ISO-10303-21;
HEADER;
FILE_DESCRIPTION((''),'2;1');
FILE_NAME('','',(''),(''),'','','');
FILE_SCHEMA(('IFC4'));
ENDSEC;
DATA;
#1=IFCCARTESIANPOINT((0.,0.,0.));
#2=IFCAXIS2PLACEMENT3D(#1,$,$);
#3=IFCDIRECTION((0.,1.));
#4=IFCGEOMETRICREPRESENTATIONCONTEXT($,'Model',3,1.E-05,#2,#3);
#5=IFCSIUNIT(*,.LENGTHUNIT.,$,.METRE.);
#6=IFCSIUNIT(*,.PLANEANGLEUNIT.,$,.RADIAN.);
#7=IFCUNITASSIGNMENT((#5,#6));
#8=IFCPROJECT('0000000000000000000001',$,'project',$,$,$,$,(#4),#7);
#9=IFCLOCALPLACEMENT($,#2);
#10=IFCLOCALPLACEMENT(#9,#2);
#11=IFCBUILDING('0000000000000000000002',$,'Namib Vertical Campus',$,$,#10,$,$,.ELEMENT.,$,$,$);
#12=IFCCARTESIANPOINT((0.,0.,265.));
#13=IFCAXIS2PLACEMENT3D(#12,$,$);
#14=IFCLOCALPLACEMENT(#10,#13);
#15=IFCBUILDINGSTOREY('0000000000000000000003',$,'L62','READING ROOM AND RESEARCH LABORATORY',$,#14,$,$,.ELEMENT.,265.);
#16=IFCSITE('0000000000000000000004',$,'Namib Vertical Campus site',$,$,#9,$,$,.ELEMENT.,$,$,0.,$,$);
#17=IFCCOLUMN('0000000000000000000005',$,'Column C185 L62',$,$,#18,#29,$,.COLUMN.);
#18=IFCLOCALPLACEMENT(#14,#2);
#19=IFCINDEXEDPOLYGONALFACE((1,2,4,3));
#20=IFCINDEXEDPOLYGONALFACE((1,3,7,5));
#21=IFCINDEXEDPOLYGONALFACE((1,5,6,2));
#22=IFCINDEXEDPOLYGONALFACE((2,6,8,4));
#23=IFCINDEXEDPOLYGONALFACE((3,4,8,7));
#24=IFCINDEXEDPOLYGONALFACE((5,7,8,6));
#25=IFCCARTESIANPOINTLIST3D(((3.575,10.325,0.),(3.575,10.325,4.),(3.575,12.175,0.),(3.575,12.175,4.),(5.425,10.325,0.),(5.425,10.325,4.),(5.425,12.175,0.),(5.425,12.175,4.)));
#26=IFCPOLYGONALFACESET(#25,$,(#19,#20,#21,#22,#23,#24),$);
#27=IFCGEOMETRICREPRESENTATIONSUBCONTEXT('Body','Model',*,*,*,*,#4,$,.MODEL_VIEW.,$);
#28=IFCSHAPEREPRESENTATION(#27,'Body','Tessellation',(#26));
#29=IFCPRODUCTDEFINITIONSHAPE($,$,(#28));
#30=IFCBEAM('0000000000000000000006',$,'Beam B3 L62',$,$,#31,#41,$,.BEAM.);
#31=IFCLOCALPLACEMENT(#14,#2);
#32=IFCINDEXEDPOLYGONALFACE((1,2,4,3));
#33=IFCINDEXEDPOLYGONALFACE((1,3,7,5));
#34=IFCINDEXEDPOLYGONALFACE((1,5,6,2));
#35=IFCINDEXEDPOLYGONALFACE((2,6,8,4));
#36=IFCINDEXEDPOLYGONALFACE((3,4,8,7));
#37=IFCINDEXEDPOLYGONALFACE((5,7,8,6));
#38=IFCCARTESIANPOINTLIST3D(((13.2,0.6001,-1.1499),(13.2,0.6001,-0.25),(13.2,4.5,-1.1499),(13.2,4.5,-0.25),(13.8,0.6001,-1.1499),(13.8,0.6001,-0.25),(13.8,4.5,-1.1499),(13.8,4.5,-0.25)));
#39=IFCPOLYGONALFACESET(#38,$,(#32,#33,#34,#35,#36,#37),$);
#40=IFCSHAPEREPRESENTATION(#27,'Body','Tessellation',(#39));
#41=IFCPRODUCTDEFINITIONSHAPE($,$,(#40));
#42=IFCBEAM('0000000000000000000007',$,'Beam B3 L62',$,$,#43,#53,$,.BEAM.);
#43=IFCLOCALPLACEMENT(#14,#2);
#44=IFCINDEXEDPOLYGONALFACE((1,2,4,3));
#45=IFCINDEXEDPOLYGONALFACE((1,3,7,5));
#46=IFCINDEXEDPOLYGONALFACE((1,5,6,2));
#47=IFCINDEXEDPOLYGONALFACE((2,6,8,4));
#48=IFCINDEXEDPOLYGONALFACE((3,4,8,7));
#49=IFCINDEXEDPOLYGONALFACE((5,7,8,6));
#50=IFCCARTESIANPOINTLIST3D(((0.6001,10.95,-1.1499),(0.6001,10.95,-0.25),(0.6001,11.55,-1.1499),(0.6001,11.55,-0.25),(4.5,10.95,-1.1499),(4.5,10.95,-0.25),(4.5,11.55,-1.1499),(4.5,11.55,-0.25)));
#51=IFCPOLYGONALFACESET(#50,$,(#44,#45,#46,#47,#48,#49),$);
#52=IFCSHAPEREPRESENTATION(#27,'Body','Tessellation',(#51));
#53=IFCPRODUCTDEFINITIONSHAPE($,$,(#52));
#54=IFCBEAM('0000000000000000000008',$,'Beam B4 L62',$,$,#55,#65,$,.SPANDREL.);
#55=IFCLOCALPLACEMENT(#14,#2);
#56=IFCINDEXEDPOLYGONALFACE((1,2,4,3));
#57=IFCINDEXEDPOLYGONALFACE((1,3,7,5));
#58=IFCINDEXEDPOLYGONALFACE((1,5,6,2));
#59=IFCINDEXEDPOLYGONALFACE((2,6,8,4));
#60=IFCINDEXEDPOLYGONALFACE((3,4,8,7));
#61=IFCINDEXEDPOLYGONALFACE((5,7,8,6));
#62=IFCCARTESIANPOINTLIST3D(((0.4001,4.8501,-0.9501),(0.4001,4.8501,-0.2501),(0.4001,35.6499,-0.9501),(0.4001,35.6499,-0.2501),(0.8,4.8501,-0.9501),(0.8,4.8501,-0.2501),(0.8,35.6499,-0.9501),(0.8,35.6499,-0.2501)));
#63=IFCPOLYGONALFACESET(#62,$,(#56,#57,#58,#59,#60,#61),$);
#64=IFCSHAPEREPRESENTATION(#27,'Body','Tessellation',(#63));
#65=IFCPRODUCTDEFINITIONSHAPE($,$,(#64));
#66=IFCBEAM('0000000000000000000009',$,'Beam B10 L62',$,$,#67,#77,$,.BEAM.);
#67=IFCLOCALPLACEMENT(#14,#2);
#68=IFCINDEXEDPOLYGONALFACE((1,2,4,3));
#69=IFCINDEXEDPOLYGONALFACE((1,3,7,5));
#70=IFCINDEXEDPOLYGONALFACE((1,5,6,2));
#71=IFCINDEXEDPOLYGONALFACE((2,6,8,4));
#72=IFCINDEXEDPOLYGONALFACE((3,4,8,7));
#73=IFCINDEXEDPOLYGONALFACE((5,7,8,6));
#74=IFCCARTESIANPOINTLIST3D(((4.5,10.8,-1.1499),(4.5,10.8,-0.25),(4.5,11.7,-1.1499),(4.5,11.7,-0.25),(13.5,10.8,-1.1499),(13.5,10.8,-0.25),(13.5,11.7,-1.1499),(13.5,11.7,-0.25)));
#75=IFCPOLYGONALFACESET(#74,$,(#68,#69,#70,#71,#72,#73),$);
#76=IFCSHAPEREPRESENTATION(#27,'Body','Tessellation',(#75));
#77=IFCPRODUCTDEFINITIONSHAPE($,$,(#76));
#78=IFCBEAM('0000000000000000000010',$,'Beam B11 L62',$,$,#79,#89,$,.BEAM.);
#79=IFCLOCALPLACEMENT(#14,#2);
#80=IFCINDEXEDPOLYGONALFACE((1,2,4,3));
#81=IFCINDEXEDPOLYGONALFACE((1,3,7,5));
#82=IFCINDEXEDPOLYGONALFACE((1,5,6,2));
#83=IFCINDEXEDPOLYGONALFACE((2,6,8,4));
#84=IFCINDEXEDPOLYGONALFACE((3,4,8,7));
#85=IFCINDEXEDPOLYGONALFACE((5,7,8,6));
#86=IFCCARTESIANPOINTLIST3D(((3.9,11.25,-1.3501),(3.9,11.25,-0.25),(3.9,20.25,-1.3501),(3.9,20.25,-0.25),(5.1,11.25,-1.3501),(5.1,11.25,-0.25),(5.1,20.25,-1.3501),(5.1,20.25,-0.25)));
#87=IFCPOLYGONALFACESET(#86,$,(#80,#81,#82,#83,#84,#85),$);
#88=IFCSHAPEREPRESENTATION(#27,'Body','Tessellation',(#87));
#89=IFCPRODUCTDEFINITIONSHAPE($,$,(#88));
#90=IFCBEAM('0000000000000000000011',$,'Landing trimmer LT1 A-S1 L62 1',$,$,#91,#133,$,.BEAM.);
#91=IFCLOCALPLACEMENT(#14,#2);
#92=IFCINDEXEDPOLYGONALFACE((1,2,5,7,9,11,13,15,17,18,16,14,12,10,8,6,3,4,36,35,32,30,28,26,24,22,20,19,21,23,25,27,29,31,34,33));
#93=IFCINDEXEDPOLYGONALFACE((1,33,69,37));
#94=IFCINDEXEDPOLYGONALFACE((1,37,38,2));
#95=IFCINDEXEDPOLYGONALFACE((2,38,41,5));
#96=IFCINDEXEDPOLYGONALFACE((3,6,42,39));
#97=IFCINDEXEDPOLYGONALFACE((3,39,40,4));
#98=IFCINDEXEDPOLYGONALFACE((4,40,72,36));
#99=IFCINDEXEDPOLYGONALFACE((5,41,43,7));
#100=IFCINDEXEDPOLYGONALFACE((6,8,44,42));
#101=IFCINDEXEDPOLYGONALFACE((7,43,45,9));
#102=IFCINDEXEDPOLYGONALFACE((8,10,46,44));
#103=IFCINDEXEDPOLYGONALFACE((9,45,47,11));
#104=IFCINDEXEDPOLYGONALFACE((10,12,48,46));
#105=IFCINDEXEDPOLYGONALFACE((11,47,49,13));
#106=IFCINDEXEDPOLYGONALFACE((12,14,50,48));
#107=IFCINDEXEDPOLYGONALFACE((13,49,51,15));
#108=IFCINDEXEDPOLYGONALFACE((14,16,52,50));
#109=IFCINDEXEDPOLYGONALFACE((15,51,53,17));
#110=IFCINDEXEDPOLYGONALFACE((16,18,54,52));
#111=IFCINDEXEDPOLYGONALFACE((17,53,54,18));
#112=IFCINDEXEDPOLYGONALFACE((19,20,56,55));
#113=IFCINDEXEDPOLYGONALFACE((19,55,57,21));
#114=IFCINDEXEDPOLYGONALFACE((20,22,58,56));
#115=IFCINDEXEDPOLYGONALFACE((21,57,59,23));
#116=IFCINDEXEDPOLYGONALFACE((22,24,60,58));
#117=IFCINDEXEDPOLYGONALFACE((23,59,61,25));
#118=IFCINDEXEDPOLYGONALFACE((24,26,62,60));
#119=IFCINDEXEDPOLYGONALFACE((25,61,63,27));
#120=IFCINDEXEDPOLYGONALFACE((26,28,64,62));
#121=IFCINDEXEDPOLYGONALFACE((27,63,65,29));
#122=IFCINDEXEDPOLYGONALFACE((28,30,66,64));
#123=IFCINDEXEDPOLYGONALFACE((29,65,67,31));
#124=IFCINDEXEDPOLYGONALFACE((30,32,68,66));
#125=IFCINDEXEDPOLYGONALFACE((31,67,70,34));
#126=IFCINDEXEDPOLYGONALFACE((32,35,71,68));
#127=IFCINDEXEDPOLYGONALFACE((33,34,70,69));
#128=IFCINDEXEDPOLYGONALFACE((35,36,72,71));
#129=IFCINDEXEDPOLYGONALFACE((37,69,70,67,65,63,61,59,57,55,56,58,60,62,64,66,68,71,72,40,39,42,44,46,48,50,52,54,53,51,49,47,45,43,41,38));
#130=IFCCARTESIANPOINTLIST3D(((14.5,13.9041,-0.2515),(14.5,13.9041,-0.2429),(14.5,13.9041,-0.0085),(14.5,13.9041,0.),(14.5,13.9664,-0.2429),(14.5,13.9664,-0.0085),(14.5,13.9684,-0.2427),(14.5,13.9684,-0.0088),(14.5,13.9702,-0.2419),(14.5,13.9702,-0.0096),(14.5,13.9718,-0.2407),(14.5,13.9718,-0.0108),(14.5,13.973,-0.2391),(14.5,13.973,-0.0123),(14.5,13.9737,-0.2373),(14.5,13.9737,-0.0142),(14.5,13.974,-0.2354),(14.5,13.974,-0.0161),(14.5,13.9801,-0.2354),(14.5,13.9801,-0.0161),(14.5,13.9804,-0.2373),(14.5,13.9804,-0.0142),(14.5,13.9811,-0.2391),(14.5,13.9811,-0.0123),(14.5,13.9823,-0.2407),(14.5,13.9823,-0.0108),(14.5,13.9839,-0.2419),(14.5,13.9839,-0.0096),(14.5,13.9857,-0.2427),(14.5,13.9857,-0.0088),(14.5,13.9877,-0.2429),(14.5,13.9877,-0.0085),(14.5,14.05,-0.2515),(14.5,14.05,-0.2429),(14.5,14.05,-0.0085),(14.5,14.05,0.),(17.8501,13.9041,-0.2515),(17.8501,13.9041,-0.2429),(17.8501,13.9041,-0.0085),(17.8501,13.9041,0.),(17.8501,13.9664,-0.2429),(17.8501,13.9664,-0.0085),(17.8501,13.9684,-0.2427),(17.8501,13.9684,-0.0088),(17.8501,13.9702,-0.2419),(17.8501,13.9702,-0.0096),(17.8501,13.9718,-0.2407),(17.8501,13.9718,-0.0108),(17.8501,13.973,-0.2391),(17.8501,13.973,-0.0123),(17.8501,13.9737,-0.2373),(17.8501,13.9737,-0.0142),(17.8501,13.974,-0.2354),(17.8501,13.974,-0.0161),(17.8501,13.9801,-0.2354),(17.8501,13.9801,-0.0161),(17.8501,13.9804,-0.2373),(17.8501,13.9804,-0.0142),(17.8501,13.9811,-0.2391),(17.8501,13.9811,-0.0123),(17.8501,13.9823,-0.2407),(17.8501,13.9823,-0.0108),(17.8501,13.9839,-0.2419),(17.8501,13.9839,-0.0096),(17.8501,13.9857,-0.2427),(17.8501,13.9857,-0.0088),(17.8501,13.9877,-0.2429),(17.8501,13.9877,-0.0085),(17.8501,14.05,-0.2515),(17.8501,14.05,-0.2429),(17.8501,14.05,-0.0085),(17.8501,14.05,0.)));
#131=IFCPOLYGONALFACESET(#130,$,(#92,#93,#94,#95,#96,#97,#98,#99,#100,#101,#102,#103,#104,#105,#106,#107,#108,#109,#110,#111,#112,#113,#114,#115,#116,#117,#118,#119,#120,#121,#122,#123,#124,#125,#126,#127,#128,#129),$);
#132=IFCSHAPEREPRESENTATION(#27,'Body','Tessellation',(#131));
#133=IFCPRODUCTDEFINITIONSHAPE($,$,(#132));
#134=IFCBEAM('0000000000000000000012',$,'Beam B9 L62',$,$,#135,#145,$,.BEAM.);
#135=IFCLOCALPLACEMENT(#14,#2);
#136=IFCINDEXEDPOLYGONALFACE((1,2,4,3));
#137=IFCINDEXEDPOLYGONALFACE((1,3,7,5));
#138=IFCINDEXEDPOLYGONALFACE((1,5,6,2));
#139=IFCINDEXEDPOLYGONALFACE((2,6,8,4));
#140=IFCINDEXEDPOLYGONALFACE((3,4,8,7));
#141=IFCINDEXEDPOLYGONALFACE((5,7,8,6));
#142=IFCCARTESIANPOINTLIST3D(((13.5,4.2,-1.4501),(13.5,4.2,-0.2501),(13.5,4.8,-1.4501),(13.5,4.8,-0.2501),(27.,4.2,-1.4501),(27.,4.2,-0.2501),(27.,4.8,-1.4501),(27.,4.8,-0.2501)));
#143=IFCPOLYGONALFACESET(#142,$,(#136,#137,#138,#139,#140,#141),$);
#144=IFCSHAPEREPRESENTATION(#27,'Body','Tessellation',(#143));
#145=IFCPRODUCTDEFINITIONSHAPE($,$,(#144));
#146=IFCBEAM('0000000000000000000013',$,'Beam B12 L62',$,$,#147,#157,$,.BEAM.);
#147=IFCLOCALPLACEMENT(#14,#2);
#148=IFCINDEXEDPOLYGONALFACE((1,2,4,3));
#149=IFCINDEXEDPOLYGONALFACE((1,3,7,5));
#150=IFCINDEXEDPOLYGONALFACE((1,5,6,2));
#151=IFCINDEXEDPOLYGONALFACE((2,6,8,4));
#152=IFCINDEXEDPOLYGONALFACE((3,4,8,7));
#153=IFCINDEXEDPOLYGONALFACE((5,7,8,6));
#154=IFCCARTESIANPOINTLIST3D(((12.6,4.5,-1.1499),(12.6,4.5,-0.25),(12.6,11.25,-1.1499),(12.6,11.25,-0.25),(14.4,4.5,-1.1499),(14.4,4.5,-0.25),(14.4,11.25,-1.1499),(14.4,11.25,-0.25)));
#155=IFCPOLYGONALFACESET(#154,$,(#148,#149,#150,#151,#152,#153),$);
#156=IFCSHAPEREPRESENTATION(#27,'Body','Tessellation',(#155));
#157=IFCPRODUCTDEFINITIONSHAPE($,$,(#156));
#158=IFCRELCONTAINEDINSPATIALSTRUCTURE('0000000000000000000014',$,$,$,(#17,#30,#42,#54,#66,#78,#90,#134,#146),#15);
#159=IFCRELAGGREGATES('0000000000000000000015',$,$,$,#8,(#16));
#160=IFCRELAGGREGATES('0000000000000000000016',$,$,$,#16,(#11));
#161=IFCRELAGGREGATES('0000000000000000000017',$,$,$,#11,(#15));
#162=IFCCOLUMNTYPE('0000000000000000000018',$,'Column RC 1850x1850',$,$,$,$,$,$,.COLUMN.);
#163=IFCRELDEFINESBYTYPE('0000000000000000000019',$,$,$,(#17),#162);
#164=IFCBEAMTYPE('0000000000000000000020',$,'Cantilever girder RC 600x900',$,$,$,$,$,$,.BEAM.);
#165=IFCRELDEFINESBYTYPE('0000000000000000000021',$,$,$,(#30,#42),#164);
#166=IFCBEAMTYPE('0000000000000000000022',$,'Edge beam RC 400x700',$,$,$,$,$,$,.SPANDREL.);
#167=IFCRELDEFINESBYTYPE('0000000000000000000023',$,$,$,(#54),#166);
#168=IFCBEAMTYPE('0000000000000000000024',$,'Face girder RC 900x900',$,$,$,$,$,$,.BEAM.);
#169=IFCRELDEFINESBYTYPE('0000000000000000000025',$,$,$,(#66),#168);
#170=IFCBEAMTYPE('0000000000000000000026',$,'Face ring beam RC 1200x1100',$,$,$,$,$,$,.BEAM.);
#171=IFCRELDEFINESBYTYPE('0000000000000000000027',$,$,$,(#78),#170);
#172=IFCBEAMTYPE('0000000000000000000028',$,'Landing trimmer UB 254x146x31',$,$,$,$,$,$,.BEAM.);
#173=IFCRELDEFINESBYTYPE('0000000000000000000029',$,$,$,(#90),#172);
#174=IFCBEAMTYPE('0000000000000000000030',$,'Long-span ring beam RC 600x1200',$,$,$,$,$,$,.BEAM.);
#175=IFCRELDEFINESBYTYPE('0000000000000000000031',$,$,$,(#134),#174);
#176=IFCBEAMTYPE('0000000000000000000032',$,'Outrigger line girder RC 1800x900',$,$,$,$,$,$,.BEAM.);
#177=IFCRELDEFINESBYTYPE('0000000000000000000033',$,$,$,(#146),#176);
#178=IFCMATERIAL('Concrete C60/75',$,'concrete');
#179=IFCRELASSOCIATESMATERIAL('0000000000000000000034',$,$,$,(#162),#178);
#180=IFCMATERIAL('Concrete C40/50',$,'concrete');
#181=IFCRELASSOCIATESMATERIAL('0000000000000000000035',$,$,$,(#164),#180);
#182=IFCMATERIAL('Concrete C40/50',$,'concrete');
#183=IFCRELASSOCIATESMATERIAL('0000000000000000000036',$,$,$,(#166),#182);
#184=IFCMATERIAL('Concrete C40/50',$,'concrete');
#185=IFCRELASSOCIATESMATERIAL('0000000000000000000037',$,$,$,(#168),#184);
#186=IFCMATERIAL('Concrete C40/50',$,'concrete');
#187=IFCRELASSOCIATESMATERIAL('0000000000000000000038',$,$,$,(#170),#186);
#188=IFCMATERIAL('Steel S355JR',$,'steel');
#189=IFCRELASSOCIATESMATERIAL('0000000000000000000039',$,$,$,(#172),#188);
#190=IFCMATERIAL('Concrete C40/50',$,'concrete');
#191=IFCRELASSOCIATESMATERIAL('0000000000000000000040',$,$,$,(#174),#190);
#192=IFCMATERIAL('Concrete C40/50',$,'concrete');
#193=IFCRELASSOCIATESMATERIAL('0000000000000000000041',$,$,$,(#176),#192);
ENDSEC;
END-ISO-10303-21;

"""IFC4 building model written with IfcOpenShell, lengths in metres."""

from ifc_helpers import new_model, si_unit, direction, frame, origin, origin_2d, place, context, subcontext, project, spatial, rectangle, i_section, extrude, material, material_profile, profile_set, type_object, element, save


model = new_model("IFC4")

# Units and contexts
model_context = context("Model", 3, precision=1e-05, world=origin(), true_north=direction((0.0, 1.0)))
body_context = subcontext(model_context, "Body", "Model", "MODEL_VIEW")
ifc_project = project(units=[si_unit("LENGTHUNIT", "METRE"), si_unit("PLANEANGLEUNIT", "RADIAN")], contexts=[model_context])

# Site, building, storey
site_placement = place(None, origin())
site = spatial("IfcSite", under=ifc_project, at=site_placement, Name="Namib Vertical Campus site", CompositionType="ELEMENT", RefElevation=0.0)
building_placement = place(site_placement, origin())
building = spatial("IfcBuilding", under=site, at=building_placement, Name="Namib Vertical Campus", CompositionType="ELEMENT")
storey_placement = place(building_placement, frame((0.0, 0.0, 265.0)))
storey = spatial("IfcBuildingStorey", under=building, at=storey_placement, Name="L62", Description="READING ROOM AND RESEARCH LABORATORY", CompositionType="ELEMENT", Elevation=265.0)

# Column
ifc_material_1 = material(Name="Concrete C60/75", Category="concrete")
ifc_material_profile_1 = material_profile(ifc_material_1, rectangle(XDim=1.8501, YDim=1.8501, at=origin_2d()))
ifc_profile_set_1 = profile_set([ifc_material_profile_1], Name="Concrete C60/75")
column_type = type_object("IfcColumnType", Name="Column RC 1850x1850", PredefinedType="COLUMN", material=ifc_profile_set_1)
column_placement = place(storey_placement, frame((4.5, 11.25, 0.0), z_axis=(0.0, 0.0, 1.0), x_axis=(1.0, 0.0, 0.0)))
element("IfcColumn", 1, at=column_placement, inside=storey, type_object=column_type, Name="Column C185 L62", PredefinedType="COLUMN", context=body_context, shape_type="SweptSolid", body=[
    extrude(rectangle(XDim=1.8501, YDim=1.8501, at=origin_2d()), origin(), (0.0, 0.0, 1.0), 4.0),
])

# Beams
ifc_material_2 = material(Name="Concrete C40/50", Category="concrete")
ifc_material_profile_2 = material_profile(ifc_material_2, rectangle(XDim=0.6001, YDim=0.8999, at=origin_2d()))
ifc_profile_set_2 = profile_set([ifc_material_profile_2], Name="Concrete C40/50")
beam_type_1 = type_object("IfcBeamType", Name="Cantilever girder RC 600x900", PredefinedType="BEAM", material=ifc_profile_set_2)
for number, where, z_axis, x_axis, name in (
    (2, (13.5, 4.5, -0.7), (0.0, -1.0, 0.0), (1.0, 0.0, 0.0), "Beam B3 L62"),
    (3, (4.5, 11.25, -0.7), (-1.0, 0.0, 0.0), (0.0, -1.0, 0.0), "Beam B3 L62"),
):
    element("IfcBeam", number, at=place(storey_placement, frame(where, z_axis=z_axis, x_axis=x_axis)), inside=storey, type_object=beam_type_1, Name=name, PredefinedType="BEAM", context=body_context, shape_type="SweptSolid", body=[
        extrude(rectangle(XDim=0.6001, YDim=0.8999, at=origin_2d()), origin(), (0.0, 0.0, 1.0), 3.8999),
    ])
ifc_material_3 = material(Name="Concrete C40/50", Category="concrete")
ifc_material_profile_3 = material_profile(ifc_material_3, rectangle(XDim=0.3999, YDim=0.7, at=origin_2d()))
ifc_profile_set_3 = profile_set([ifc_material_profile_3], Name="Concrete C40/50")
beam_type_2 = type_object("IfcBeamType", Name="Edge beam RC 400x700", PredefinedType="SPANDREL", material=ifc_profile_set_3)
beam_1_placement = place(storey_placement, frame((0.6001, 4.8501, -0.6001), z_axis=(0.0, 1.0, 0.0), x_axis=(-1.0, 0.0, 0.0)))
element("IfcBeam", 4, at=beam_1_placement, inside=storey, type_object=beam_type_2, Name="Beam B4 L62", PredefinedType="SPANDREL", context=body_context, shape_type="SweptSolid", body=[
    extrude(rectangle(XDim=0.3999, YDim=0.7, at=origin_2d()), origin(), (0.0, 0.0, 1.0), 30.7998),
])
ifc_material_4 = material(Name="Concrete C40/50", Category="concrete")
ifc_material_profile_4 = material_profile(ifc_material_4, rectangle(XDim=0.8999, YDim=0.8999, at=origin_2d()))
ifc_profile_set_4 = profile_set([ifc_material_profile_4], Name="Concrete C40/50")
beam_type_3 = type_object("IfcBeamType", Name="Face girder RC 900x900", PredefinedType="BEAM", material=ifc_profile_set_4)
beam_2_placement = place(storey_placement, frame((4.5, 11.25, -0.7), z_axis=(1.0, 0.0, 0.0), x_axis=(0.0, 1.0, 0.0)))
element("IfcBeam", 5, at=beam_2_placement, inside=storey, type_object=beam_type_3, Name="Beam B10 L62", PredefinedType="BEAM", context=body_context, shape_type="SweptSolid", body=[
    extrude(rectangle(XDim=0.8999, YDim=0.8999, at=origin_2d()), origin(), (0.0, 0.0, 1.0), 9.0),
])
ifc_material_5 = material(Name="Concrete C40/50", Category="concrete")
ifc_material_profile_5 = material_profile(ifc_material_5, rectangle(XDim=1.2, YDim=1.1001, at=origin_2d()))
ifc_profile_set_5 = profile_set([ifc_material_profile_5], Name="Concrete C40/50")
beam_type_4 = type_object("IfcBeamType", Name="Face ring beam RC 1200x1100", PredefinedType="BEAM", material=ifc_profile_set_5)
beam_3_placement = place(storey_placement, frame((4.5, 11.25, -0.8), z_axis=(0.0, 1.0, 0.0), x_axis=(-1.0, 0.0, 0.0)))
element("IfcBeam", 6, at=beam_3_placement, inside=storey, type_object=beam_type_4, Name="Beam B11 L62", PredefinedType="BEAM", context=body_context, shape_type="SweptSolid", body=[
    extrude(rectangle(XDim=1.2, YDim=1.1001, at=origin_2d()), origin(), (0.0, 0.0, 1.0), 9.0),
])
ifc_material_6 = material(Name="Steel S355JR", Category="steel")
ifc_material_profile_6 = material_profile(ifc_material_6, i_section(OverallWidth=0.146, OverallDepth=0.2515, WebThickness=0.0061, FlangeThickness=0.0085, FilletRadius=0.0076, at=origin_2d()))
ifc_profile_set_6 = profile_set([ifc_material_profile_6], Name="Steel S355JR")
beam_type_5 = type_object("IfcBeamType", Name="Landing trimmer UB 254x146x31", PredefinedType="BEAM", material=ifc_profile_set_6)
beam_4_placement = place(storey_placement, frame((14.5, 13.9771, -0.1257), z_axis=(1.0, 0.0, 0.0), x_axis=(0.0, 1.0, 0.0)))
element("IfcBeam", 7, at=beam_4_placement, inside=storey, type_object=beam_type_5, Name="Landing trimmer LT1 A-S1 L62 1", PredefinedType="BEAM", context=body_context, shape_type="SweptSolid", body=[
    extrude(i_section(OverallWidth=0.146, OverallDepth=0.2515, WebThickness=0.0061, FlangeThickness=0.0085, FilletRadius=0.0076, at=origin_2d()), origin(), (0.0, 0.0, 1.0), 3.3501),
])
ifc_material_7 = material(Name="Concrete C40/50", Category="concrete")
ifc_material_profile_7 = material_profile(ifc_material_7, rectangle(XDim=0.6001, YDim=1.2, at=origin_2d()))
ifc_profile_set_7 = profile_set([ifc_material_profile_7], Name="Concrete C40/50")
beam_type_6 = type_object("IfcBeamType", Name="Long-span ring beam RC 600x1200", PredefinedType="BEAM", material=ifc_profile_set_7)
beam_5_placement = place(storey_placement, frame((13.5, 4.5, -0.8501), z_axis=(1.0, 0.0, 0.0), x_axis=(0.0, 1.0, 0.0)))
element("IfcBeam", 8, at=beam_5_placement, inside=storey, type_object=beam_type_6, Name="Beam B9 L62", PredefinedType="BEAM", context=body_context, shape_type="SweptSolid", body=[
    extrude(rectangle(XDim=0.6001, YDim=1.2, at=origin_2d()), origin(), (0.0, 0.0, 1.0), 13.5),
])
ifc_material_8 = material(Name="Concrete C40/50", Category="concrete")
ifc_material_profile_8 = material_profile(ifc_material_8, rectangle(XDim=1.8, YDim=0.8999, at=origin_2d()))
ifc_profile_set_8 = profile_set([ifc_material_profile_8], Name="Concrete C40/50")
beam_type_7 = type_object("IfcBeamType", Name="Outrigger line girder RC 1800x900", PredefinedType="BEAM", material=ifc_profile_set_8)
beam_6_placement = place(storey_placement, frame((13.5, 4.5, -0.7), z_axis=(0.0, 1.0, 0.0), x_axis=(-1.0, 0.0, 0.0)))
element("IfcBeam", 9, at=beam_6_placement, inside=storey, type_object=beam_type_7, Name="Beam B12 L62", PredefinedType="BEAM", context=body_context, shape_type="SweptSolid", body=[
    extrude(rectangle(XDim=1.8, YDim=0.8999, at=origin_2d()), origin(), (0.0, 0.0, 1.0), 6.75),
])

save(model, "model.ifc")
